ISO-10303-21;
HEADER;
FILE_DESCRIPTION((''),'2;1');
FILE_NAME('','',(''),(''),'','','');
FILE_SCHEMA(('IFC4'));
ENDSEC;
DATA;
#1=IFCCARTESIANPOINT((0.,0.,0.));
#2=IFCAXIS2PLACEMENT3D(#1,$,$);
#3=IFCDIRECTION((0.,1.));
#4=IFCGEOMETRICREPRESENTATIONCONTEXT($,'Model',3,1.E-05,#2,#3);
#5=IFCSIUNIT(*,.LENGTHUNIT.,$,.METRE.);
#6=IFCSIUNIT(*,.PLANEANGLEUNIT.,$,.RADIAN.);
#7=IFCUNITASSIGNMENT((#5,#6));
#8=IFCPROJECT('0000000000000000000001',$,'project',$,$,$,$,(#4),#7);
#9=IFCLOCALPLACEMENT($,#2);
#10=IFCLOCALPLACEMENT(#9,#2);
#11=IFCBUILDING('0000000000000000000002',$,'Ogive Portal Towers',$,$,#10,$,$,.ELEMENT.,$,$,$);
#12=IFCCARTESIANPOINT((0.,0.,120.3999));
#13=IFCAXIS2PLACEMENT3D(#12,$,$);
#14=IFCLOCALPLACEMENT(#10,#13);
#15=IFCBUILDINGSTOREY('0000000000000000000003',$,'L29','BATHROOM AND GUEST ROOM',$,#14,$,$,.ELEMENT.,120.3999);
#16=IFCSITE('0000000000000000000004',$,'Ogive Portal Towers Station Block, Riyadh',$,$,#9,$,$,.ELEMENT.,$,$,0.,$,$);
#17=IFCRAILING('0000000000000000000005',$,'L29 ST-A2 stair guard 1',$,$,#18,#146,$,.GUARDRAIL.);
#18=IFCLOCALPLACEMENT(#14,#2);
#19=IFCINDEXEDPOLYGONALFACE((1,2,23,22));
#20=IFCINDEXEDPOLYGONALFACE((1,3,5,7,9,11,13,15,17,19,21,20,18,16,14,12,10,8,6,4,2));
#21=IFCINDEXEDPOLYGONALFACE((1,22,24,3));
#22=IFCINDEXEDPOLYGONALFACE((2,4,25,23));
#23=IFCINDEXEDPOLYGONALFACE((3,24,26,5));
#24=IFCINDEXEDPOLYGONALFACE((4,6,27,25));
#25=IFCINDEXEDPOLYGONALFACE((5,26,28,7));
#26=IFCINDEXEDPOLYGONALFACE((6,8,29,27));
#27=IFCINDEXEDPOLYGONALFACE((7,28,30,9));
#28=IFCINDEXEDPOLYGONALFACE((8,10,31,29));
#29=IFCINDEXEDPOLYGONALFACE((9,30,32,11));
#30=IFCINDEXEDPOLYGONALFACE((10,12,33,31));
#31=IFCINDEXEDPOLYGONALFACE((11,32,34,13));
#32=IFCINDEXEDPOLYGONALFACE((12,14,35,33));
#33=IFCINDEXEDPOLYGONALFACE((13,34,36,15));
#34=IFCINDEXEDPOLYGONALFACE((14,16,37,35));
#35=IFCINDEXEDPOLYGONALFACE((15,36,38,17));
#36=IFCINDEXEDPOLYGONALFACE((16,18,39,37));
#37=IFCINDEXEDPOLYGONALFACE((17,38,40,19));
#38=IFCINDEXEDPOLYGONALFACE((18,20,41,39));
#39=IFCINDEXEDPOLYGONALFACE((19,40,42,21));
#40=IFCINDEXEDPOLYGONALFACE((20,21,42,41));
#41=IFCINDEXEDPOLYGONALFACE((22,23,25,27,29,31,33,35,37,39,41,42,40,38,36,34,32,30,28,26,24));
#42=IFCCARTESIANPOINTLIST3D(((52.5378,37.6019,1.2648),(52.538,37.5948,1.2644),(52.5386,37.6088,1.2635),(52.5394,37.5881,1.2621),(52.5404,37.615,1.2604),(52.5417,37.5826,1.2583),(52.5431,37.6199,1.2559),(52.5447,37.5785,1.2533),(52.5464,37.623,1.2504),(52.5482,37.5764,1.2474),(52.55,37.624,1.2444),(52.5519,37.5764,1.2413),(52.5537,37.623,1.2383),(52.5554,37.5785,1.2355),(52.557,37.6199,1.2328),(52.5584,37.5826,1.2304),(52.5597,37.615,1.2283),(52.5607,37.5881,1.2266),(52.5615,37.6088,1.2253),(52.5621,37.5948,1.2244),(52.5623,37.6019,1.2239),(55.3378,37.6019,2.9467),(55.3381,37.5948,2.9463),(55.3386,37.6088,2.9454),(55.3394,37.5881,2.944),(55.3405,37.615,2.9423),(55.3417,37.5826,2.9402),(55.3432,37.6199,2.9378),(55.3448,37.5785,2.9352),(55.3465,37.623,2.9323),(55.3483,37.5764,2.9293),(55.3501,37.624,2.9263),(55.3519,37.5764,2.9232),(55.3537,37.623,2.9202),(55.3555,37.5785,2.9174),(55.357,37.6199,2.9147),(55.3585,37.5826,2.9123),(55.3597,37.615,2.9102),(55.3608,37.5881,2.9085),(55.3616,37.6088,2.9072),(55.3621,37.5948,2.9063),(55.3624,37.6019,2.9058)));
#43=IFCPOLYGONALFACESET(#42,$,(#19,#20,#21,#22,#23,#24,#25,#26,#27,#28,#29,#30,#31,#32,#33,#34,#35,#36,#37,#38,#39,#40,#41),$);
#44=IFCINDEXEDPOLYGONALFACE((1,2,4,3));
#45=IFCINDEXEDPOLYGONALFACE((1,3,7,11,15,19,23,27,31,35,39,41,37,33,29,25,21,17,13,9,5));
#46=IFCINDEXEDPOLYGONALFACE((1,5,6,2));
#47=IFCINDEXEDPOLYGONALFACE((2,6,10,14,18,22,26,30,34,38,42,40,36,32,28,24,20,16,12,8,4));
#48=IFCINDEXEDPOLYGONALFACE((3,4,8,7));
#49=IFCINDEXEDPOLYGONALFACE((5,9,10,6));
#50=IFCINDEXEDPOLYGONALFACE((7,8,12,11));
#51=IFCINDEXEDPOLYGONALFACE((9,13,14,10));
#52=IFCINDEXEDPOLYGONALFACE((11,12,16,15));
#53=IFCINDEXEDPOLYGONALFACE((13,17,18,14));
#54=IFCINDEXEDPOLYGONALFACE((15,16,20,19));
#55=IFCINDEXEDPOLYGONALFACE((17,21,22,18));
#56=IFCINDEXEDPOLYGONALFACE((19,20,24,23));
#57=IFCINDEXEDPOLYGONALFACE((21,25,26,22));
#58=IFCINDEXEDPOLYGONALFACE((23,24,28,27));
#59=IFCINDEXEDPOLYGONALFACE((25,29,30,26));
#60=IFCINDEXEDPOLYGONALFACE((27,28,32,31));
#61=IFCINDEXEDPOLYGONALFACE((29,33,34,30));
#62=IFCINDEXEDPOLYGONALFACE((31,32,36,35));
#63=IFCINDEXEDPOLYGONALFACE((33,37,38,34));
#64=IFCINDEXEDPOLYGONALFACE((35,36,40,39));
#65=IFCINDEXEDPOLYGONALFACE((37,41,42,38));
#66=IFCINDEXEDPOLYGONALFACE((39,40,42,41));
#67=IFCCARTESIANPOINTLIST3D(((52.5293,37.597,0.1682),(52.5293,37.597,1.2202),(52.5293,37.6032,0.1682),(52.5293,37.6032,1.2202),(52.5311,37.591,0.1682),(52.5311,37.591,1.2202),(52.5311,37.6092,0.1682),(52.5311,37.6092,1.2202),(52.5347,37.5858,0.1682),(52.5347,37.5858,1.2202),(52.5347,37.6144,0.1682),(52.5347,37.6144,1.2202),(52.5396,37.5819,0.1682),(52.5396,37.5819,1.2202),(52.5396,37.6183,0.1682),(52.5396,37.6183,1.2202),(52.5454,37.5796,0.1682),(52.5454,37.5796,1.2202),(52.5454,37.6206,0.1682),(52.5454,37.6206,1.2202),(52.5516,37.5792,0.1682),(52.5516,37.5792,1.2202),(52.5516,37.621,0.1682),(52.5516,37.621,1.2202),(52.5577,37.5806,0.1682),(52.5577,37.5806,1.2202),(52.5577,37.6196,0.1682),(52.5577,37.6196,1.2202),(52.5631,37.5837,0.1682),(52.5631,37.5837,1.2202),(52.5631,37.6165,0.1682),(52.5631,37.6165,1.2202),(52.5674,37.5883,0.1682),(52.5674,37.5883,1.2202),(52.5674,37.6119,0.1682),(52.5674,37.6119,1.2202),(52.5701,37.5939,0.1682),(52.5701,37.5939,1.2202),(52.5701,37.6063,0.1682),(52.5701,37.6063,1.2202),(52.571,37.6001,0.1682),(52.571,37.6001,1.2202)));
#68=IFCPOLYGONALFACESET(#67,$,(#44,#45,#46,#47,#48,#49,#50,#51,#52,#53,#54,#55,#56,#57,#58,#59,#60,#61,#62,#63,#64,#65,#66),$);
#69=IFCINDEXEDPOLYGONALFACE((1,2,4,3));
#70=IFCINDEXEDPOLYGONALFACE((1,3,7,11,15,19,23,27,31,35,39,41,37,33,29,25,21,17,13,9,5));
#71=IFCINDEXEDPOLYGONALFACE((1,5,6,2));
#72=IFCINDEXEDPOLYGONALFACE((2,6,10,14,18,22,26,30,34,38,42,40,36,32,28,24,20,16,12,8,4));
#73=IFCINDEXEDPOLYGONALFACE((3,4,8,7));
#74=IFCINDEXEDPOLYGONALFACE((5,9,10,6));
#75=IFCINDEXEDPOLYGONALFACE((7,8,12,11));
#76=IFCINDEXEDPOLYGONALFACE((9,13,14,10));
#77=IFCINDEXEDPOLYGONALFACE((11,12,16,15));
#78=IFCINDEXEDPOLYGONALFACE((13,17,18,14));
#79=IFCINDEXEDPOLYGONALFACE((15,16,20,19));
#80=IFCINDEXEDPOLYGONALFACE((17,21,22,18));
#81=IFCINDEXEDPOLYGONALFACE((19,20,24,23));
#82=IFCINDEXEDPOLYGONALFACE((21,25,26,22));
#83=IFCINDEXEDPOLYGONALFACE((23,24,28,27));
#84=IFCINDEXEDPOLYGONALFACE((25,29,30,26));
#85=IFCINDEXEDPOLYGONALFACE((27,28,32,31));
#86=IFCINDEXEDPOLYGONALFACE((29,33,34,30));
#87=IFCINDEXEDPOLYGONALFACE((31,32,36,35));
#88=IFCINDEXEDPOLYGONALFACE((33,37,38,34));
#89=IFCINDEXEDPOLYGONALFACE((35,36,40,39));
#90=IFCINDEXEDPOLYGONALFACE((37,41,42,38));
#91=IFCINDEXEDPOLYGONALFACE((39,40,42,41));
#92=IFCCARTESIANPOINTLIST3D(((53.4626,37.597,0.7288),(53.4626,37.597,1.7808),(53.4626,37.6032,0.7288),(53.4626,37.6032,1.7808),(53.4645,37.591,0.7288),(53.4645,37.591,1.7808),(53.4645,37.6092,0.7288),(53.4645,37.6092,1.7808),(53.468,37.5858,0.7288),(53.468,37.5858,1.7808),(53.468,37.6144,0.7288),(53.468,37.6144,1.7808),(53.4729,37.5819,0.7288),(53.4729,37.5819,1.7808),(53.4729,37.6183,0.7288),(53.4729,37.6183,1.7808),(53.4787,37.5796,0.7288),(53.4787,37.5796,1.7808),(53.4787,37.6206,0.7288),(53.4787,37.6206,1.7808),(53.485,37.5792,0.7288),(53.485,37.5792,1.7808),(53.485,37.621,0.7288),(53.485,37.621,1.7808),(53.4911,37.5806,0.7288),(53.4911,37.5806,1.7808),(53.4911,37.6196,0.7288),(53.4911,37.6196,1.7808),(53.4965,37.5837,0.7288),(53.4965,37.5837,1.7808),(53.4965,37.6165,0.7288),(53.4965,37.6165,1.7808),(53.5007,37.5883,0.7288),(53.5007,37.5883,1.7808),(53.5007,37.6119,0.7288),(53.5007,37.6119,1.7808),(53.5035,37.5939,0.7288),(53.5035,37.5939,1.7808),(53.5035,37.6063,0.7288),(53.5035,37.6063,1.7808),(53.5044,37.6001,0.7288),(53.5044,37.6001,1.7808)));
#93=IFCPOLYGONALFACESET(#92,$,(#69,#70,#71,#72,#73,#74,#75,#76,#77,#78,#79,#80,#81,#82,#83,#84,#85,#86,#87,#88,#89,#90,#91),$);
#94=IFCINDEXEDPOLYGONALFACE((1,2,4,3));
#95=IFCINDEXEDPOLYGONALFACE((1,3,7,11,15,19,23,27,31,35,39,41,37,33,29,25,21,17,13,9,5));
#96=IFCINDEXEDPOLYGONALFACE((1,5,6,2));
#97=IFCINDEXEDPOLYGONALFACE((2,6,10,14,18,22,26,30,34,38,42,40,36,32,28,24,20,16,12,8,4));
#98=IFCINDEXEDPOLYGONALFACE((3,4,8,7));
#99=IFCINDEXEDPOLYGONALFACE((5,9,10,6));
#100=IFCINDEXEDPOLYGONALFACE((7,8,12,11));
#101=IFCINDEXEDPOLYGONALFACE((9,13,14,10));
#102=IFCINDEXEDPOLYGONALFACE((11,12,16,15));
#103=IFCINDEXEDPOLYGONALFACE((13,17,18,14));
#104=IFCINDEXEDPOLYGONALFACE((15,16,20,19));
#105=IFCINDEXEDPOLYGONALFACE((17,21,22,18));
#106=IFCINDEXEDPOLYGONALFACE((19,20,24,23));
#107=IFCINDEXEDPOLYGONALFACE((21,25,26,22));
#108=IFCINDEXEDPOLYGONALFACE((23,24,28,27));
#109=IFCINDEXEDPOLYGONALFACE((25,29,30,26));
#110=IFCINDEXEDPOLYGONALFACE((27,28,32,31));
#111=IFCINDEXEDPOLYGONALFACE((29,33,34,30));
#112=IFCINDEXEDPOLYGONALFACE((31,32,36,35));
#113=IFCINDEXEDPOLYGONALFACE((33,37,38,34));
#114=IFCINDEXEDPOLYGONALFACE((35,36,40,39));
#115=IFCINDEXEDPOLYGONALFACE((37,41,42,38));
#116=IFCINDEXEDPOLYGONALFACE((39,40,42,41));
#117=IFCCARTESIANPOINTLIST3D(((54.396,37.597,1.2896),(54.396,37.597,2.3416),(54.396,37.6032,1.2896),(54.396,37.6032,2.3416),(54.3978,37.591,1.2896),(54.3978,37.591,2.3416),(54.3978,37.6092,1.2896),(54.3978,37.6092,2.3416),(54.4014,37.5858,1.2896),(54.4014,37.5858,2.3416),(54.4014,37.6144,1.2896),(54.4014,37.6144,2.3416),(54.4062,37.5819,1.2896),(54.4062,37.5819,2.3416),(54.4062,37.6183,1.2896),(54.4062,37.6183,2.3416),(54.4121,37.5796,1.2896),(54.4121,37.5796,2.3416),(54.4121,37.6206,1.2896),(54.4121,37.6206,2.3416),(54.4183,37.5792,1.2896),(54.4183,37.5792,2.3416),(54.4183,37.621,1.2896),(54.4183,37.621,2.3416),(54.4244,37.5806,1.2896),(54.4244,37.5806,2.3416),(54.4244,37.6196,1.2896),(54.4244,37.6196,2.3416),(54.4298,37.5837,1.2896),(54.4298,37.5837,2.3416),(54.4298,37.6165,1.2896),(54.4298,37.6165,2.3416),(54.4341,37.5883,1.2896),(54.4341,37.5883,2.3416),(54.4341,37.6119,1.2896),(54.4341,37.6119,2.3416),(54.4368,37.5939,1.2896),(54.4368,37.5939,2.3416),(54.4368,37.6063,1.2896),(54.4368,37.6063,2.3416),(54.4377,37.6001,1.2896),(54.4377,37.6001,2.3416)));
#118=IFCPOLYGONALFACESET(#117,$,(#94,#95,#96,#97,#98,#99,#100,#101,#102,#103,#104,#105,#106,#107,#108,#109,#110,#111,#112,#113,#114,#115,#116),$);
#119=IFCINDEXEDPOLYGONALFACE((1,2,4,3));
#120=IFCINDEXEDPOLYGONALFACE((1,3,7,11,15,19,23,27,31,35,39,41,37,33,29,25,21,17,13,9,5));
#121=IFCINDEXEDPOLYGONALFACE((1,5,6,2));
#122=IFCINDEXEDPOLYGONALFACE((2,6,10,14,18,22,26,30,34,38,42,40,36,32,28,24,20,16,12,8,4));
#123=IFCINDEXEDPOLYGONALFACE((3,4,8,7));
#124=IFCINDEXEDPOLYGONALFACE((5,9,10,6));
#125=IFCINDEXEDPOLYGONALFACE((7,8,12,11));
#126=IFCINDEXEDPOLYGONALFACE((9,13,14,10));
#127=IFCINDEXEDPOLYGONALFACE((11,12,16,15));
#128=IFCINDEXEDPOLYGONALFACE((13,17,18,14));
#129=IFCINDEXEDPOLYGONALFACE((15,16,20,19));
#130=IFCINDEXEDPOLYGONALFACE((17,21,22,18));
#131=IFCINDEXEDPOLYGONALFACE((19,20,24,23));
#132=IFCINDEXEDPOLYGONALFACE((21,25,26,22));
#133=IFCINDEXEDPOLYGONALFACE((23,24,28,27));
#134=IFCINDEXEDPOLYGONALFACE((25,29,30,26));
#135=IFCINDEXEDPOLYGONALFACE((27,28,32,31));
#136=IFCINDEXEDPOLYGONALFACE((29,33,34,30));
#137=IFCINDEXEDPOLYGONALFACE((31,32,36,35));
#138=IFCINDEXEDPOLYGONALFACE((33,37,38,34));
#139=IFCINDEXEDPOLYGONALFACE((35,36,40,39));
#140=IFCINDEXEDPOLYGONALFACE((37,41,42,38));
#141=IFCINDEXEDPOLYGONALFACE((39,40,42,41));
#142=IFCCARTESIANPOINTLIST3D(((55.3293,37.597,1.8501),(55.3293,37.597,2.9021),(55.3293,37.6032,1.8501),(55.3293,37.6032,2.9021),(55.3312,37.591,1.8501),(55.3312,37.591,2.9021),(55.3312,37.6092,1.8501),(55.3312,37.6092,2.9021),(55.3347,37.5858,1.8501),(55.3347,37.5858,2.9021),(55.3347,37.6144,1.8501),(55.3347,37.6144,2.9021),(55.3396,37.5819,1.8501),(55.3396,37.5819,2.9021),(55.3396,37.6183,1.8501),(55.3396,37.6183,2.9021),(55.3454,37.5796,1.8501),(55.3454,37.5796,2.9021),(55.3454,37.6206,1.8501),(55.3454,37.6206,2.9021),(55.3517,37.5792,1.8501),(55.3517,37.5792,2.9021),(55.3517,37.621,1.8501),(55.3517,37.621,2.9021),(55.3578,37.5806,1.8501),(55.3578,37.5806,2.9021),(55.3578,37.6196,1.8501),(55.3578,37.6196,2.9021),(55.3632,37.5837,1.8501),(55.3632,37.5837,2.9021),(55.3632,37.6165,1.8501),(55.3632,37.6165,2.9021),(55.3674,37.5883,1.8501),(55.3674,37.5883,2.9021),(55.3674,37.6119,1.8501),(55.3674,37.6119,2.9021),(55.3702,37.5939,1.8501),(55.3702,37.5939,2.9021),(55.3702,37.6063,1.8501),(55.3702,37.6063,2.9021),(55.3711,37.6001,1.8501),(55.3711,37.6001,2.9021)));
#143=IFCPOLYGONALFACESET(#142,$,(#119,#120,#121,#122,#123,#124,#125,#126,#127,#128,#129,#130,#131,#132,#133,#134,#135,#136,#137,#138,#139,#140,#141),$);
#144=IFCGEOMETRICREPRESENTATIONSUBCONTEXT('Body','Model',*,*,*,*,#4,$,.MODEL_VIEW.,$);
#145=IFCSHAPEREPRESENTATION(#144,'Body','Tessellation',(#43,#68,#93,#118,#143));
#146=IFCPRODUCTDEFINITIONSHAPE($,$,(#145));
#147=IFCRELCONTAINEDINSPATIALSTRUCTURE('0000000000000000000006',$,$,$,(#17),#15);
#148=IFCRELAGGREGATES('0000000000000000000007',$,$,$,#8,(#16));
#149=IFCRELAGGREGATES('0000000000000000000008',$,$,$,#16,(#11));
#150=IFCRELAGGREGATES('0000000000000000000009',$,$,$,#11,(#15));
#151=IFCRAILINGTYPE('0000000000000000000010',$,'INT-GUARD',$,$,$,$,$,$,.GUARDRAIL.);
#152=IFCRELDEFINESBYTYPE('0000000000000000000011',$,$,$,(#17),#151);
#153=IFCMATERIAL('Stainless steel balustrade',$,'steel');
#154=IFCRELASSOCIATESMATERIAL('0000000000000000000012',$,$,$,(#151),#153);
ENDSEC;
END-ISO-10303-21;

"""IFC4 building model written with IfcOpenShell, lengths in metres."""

from ifc_helpers import new_model, si_unit, direction, frame, origin, origin_2d, place, context, subcontext, project, spatial, circle, extrude, material, type_object, element, save


model = new_model("IFC4")

# Units and contexts
model_context = context("Model", 3, precision=1e-05, world=origin(), true_north=direction((0.0, 1.0)))
body_context = subcontext(model_context, "Body", "Model", "MODEL_VIEW")
ifc_project = project(units=[si_unit("LENGTHUNIT", "METRE"), si_unit("PLANEANGLEUNIT", "RADIAN")], contexts=[model_context])

# Site, building, storey
site_placement = place(None, origin())
site = spatial("IfcSite", under=ifc_project, at=site_placement, Name="Ogive Portal Towers Station Block, Riyadh", CompositionType="ELEMENT", RefElevation=0.0)
building_placement = place(site_placement, origin())
building = spatial("IfcBuilding", under=site, at=building_placement, Name="Ogive Portal Towers", CompositionType="ELEMENT")
storey_placement = place(building_placement, frame((0.0, 0.0, 120.3999)))
storey = spatial("IfcBuildingStorey", under=building, at=storey_placement, Name="L29", Description="BATHROOM AND GUEST ROOM", CompositionType="ELEMENT", Elevation=120.3999)

# Railing
ifc_material_1 = material(Name="Stainless steel balustrade", Category="steel")
railing_type_1 = type_object("IfcRailingType", Name="INT-GUARD", PredefinedType="GUARDRAIL", material=ifc_material_1)
railing_1_placement = place(storey_placement, frame((52.55, 37.6001, 0.1682)))
element("IfcRailing", 1, at=railing_1_placement, inside=storey, type_object=railing_type_1, Name="L29 ST-A2 stair guard 1", PredefinedType="GUARDRAIL", context=body_context, shape_type="SweptSolid", body=[
    extrude(circle(Radius=0.0239, at=origin_2d()), frame((0.0, 0.0, 1.0762), z_axis=(0.857242, 0.0, 0.514913), x_axis=(0.0, 1.0, 0.0)), (0.0, 0.0, 1.0), 3.2664),
    extrude(circle(Radius=0.021, at=origin_2d()), origin(), (0.0, 0.0, 1.0), 1.052),
    extrude(circle(Radius=0.021, at=origin_2d()), frame((0.9333, 0.0, 0.5605)), (0.0, 0.0, 1.0), 1.052),
    extrude(circle(Radius=0.021, at=origin_2d()), frame((1.8667, 0.0, 1.1213)), (0.0, 0.0, 1.0), 1.052),
    extrude(circle(Radius=0.021, at=origin_2d()), frame((2.8, 0.0, 1.6819)), (0.0, 0.0, 1.0), 1.052),
])

save(model, "model.ifc")
